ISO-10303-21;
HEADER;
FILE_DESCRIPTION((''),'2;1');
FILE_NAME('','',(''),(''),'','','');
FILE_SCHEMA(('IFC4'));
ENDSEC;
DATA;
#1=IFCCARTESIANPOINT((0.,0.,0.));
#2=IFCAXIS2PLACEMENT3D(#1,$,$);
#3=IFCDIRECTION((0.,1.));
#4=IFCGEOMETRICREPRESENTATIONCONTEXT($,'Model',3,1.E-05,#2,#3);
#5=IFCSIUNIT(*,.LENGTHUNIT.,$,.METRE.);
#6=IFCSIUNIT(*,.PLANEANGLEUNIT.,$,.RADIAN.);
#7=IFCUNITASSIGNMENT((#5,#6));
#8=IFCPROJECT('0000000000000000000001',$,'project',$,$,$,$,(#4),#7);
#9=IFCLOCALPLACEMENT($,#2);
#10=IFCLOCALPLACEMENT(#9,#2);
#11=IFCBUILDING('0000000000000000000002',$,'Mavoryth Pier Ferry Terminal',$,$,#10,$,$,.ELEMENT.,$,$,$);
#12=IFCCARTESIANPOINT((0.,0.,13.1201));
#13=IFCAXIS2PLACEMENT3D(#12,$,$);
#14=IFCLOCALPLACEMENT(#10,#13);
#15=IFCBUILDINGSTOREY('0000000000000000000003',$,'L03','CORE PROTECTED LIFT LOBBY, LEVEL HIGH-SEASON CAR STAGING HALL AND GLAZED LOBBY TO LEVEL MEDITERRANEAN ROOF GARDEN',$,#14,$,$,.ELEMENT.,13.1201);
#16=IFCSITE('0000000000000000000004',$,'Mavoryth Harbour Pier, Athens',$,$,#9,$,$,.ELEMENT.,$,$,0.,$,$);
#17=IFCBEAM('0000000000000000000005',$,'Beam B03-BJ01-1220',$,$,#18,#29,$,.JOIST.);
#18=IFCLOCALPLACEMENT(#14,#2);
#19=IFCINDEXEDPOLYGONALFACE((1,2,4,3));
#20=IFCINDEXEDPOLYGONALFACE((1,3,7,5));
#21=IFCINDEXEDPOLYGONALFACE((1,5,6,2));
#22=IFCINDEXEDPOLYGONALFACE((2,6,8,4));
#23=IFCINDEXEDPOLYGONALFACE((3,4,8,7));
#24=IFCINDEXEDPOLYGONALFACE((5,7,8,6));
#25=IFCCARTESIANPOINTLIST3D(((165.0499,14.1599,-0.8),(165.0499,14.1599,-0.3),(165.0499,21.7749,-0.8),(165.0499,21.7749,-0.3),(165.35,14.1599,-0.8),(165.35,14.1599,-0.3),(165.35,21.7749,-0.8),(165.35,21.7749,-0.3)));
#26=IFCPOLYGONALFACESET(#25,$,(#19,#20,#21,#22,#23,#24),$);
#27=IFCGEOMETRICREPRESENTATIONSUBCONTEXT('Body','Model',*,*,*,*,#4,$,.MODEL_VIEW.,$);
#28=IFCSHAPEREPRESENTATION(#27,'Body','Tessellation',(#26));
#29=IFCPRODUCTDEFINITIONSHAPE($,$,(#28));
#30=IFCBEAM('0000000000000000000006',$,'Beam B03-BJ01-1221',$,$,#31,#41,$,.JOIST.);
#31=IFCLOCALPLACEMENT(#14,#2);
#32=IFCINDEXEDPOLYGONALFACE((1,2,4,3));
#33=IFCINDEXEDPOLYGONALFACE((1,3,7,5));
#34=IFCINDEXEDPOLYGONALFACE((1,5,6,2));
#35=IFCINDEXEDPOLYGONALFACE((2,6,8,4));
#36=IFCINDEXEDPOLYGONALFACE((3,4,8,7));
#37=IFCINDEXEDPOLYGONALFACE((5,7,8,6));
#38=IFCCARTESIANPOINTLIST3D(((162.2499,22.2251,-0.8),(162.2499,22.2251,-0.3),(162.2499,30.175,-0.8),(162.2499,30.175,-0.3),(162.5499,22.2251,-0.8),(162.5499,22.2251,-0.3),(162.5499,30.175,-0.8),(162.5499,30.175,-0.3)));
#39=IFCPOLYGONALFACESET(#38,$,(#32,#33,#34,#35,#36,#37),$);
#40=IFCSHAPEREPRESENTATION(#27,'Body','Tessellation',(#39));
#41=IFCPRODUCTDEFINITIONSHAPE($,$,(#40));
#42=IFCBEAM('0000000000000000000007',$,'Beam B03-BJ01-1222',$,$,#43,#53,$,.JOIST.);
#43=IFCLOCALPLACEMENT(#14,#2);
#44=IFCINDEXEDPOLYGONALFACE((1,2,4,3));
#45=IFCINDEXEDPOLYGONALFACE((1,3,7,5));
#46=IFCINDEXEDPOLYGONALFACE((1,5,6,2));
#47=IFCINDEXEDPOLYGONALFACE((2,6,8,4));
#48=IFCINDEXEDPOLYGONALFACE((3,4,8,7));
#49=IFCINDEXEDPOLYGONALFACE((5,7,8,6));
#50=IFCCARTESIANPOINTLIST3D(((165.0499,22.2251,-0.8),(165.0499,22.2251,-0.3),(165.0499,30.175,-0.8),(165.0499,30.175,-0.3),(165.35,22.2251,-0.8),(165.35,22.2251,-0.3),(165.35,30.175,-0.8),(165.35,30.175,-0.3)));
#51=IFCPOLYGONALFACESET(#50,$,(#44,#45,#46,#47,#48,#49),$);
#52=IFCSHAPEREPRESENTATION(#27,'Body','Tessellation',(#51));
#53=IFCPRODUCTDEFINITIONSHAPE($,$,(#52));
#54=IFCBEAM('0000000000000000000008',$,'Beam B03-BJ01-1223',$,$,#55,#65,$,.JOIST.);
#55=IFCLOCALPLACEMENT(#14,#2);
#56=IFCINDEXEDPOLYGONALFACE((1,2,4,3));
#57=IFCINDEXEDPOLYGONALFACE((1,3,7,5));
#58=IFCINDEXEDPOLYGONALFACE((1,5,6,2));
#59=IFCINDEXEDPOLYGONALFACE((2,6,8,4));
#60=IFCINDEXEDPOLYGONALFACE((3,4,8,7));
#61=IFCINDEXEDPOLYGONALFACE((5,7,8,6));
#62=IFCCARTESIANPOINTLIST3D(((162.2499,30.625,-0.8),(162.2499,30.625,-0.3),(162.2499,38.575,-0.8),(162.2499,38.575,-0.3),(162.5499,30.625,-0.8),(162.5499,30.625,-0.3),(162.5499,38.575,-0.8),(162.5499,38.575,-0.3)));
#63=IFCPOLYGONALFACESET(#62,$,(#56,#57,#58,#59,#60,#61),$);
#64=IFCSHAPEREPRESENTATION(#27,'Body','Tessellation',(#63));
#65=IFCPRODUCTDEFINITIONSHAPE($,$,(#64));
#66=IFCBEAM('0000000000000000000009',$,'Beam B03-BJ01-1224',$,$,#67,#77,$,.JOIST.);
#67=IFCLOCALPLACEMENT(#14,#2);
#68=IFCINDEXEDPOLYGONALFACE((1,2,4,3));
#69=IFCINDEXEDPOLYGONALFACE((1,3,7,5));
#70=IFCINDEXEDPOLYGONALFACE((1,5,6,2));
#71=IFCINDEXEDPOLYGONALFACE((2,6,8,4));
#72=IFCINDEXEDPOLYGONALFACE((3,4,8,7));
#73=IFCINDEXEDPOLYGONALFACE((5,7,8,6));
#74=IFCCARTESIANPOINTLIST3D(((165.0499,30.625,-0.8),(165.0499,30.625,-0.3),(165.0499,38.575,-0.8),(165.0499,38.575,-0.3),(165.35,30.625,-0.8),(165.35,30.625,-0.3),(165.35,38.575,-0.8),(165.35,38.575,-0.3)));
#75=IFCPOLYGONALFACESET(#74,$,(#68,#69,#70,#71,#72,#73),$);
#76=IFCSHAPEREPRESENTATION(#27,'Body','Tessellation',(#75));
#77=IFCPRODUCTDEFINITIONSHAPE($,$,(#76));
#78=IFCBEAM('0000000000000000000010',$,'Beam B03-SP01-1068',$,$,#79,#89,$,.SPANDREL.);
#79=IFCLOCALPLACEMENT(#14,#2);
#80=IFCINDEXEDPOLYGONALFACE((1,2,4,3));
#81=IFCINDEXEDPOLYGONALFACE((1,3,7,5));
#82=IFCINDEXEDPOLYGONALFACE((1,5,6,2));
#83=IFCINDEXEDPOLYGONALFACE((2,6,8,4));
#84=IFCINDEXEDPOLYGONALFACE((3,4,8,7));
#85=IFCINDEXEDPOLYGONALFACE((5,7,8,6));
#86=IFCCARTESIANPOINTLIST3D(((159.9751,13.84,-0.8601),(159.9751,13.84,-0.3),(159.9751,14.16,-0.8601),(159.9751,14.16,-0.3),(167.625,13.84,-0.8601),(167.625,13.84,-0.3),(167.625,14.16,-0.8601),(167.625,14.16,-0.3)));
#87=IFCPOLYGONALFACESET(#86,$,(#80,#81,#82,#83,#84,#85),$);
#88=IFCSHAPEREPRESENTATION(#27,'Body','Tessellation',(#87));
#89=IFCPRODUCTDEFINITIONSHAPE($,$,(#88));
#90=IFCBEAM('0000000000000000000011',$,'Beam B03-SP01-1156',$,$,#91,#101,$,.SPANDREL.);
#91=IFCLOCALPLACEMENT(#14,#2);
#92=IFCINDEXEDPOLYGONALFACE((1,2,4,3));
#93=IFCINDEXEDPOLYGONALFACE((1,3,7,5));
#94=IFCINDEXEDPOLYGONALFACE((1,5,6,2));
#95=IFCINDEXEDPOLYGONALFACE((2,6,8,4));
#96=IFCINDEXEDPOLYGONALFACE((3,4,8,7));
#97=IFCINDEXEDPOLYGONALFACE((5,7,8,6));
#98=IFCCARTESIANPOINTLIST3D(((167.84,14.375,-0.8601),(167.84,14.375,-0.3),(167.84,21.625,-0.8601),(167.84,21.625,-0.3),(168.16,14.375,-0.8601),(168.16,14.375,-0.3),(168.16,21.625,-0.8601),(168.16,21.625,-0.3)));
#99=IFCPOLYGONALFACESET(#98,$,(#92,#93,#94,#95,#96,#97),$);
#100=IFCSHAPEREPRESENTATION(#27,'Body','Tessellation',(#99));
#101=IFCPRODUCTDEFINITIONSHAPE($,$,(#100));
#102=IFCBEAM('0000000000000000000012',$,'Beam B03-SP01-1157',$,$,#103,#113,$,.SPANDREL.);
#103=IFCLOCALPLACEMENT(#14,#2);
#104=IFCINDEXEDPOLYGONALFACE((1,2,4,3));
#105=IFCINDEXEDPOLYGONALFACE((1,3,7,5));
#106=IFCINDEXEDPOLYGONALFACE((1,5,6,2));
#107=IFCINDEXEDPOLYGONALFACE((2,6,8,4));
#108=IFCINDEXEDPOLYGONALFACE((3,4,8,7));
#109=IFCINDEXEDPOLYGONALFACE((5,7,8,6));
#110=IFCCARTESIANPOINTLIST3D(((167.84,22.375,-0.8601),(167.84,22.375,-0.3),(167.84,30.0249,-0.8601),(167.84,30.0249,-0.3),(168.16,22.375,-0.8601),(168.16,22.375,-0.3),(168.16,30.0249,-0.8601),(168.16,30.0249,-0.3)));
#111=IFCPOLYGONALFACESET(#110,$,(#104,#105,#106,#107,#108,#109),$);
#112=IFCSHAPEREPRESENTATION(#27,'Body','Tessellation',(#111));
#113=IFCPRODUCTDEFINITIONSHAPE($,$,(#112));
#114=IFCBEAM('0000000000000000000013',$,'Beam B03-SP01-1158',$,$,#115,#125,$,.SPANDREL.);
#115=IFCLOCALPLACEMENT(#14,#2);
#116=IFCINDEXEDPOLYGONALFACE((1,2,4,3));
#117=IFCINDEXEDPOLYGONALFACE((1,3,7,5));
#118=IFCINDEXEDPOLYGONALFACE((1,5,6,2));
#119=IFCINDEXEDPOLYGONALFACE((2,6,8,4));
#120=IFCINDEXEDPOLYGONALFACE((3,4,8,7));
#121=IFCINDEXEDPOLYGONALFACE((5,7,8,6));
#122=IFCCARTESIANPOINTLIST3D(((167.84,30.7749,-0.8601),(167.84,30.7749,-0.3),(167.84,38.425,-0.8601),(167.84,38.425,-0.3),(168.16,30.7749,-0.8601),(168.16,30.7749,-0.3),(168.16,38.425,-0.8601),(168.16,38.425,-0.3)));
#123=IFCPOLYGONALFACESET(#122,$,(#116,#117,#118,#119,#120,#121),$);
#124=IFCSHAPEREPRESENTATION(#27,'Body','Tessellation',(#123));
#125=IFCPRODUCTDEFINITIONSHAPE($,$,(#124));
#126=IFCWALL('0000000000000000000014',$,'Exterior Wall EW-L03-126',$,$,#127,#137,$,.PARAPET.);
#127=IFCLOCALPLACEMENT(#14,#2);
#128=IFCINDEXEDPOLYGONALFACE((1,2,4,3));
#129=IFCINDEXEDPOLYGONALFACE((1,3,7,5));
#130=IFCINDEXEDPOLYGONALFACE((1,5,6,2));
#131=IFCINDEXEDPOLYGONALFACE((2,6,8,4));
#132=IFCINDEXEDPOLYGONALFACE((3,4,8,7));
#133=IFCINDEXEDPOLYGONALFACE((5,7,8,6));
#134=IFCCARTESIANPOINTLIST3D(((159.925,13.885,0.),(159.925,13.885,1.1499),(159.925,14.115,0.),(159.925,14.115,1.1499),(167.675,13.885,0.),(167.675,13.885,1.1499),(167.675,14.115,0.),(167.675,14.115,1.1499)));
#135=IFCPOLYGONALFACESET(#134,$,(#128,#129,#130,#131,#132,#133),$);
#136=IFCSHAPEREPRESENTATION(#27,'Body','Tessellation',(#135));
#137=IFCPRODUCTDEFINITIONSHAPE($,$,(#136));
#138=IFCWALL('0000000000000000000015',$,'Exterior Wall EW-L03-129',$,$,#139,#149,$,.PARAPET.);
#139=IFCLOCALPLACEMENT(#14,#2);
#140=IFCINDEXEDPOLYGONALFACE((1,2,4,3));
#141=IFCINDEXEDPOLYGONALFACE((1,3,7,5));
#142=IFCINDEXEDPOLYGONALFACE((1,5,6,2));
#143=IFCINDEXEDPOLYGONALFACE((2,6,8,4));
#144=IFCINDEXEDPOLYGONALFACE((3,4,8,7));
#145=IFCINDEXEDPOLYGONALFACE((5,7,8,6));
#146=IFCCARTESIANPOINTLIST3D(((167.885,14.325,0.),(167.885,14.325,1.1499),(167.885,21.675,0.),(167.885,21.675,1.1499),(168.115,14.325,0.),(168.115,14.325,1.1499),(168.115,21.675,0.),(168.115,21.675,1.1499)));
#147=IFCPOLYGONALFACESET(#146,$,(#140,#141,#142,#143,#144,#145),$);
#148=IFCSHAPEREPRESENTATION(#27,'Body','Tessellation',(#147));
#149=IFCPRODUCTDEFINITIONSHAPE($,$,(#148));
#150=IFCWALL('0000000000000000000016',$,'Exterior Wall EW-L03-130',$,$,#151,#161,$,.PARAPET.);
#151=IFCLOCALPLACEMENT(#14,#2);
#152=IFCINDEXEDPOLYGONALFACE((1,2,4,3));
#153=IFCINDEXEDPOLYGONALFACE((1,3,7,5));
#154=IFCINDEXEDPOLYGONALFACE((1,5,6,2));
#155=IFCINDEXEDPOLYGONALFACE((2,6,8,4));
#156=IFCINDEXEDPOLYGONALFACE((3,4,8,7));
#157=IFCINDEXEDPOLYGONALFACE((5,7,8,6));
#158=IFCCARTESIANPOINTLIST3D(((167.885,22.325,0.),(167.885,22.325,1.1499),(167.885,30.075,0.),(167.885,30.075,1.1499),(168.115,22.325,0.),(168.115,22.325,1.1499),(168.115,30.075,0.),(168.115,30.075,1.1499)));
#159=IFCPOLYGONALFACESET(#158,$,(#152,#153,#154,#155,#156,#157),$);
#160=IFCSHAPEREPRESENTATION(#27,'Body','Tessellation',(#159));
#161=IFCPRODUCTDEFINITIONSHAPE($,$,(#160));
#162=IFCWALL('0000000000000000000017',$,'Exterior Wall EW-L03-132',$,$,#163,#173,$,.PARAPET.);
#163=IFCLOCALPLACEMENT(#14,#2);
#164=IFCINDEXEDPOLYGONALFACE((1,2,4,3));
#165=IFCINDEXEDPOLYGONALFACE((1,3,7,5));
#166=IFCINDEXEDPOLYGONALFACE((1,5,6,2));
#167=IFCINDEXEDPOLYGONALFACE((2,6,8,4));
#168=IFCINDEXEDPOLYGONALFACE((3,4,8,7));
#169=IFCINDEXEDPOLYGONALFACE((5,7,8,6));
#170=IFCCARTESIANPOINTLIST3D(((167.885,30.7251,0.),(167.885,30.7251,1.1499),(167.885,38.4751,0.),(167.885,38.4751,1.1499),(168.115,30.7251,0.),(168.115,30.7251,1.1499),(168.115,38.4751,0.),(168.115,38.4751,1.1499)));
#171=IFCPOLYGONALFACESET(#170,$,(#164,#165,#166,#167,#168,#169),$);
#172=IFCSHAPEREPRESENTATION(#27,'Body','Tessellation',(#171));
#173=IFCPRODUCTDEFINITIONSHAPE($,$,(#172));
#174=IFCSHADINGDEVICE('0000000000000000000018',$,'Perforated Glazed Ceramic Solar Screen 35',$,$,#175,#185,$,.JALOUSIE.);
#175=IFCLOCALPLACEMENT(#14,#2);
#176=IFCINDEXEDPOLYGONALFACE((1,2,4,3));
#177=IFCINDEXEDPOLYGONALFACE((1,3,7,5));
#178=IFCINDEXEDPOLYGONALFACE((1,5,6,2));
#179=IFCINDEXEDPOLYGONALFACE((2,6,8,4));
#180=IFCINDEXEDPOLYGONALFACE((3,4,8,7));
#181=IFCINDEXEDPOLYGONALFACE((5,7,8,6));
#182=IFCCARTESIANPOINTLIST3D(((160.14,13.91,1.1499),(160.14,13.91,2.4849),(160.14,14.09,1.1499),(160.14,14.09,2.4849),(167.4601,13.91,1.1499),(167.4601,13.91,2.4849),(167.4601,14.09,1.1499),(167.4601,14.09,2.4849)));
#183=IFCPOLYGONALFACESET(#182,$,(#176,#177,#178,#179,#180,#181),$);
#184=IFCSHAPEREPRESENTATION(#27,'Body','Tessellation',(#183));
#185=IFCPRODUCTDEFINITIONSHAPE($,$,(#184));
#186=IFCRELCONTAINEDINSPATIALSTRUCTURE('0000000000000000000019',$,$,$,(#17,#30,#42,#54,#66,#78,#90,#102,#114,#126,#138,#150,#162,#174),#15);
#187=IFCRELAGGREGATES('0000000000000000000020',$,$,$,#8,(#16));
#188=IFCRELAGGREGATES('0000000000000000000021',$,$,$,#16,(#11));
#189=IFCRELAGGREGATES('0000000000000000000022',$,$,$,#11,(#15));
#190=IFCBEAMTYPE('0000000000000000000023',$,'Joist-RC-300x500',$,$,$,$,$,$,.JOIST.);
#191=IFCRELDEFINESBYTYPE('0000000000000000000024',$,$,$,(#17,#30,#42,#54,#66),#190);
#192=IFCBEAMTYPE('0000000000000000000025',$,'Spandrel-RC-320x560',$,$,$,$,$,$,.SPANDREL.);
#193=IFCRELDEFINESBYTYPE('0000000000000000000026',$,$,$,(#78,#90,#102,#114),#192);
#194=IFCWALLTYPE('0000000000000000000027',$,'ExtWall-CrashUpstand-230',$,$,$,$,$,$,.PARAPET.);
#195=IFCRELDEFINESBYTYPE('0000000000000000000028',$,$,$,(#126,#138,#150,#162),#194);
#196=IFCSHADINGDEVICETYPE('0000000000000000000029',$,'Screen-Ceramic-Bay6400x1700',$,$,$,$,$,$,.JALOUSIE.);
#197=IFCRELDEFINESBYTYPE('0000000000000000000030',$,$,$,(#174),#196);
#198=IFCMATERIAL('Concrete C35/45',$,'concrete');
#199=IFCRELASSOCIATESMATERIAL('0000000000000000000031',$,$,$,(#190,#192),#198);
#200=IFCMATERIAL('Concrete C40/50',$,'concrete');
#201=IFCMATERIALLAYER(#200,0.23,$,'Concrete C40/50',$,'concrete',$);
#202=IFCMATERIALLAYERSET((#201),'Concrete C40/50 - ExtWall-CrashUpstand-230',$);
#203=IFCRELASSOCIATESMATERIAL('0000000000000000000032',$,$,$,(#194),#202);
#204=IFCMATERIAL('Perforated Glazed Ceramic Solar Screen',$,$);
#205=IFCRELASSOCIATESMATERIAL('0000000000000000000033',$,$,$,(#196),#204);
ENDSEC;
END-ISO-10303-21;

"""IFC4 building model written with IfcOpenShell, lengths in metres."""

from ifc_helpers import new_model, si_unit, direction, frame, frame_2d, origin, origin_2d, place, context, subcontext, project, spatial, rectangle, extrude, material, layer, layer_set, material_profile, profile_set, type_object, element, save


model = new_model("IFC4")

# Units and contexts
model_context = context("Model", 3, precision=1e-05, world=origin(), true_north=direction((0.0, 1.0)))
body_context = subcontext(model_context, "Body", "Model", "MODEL_VIEW")
ifc_project = project(units=[si_unit("LENGTHUNIT", "METRE"), si_unit("PLANEANGLEUNIT", "RADIAN")], contexts=[model_context])

# Site, building, storey
site_placement = place(None, origin())
site = spatial("IfcSite", under=ifc_project, at=site_placement, Name="Mavoryth Harbour Pier, Athens", CompositionType="ELEMENT", RefElevation=0.0)
building_placement = place(site_placement, origin())
building = spatial("IfcBuilding", under=site, at=building_placement, Name="Mavoryth Pier Ferry Terminal", CompositionType="ELEMENT")
storey_placement = place(building_placement, frame((0.0, 0.0, 13.1201)))
storey = spatial("IfcBuildingStorey", under=building, at=storey_placement, Name="L03", Description="CORE PROTECTED LIFT LOBBY, LEVEL HIGH-SEASON CAR STAGING HALL AND GLAZED LOBBY TO LEVEL MEDITERRANEAN ROOF GARDEN", CompositionType="ELEMENT", Elevation=13.1201)

# Shared definitions
ifc_material_1 = material(Name="Concrete C40/50", Category="concrete")

# Beams
ifc_material_2 = material(Name="Concrete C35/45", Category="concrete")
ifc_material_profile_1 = material_profile(ifc_material_2, rectangle(XDim=0.3, YDim=0.5, at=origin_2d()), Name="RC 300x500", Category="concrete")
ifc_profile_set_1 = profile_set([ifc_material_profile_1], Name="Concrete C35/45 - RC 300x500")
beam_type_1 = type_object("IfcBeamType", Name="Joist-RC-300x500", PredefinedType="JOIST", material=ifc_profile_set_1)
for number, where, z_axis, x_axis, name in (
    (1, (165.2, 14.1599, -0.55), (0.0, 1.0, 0.0), (-1.0, 0.0, 0.0), "Beam B03-BJ01-1220"),
):
    element("IfcBeam", number, at=place(storey_placement, frame(where, z_axis=z_axis, x_axis=x_axis)), inside=storey, type_object=beam_type_1, Name=name, PredefinedType="JOIST", context=body_context, shape_type="SweptSolid", body=[
        extrude(rectangle(XDim=0.3, YDim=0.5, at=origin_2d()), origin(), (0.0, 0.0, 1.0), 7.615),
    ])
for number, where, z_axis, x_axis, name in (
    (2, (162.3999, 22.2251, -0.55), (0.0, 1.0, 0.0), (-1.0, 0.0, 0.0), "Beam B03-BJ01-1221"),
    (3, (165.2, 22.2251, -0.55), (0.0, 1.0, 0.0), (-1.0, 0.0, 0.0), "Beam B03-BJ01-1222"),
    (4, (162.3999, 30.625, -0.55), (0.0, 1.0, 0.0), (-1.0, 0.0, 0.0), "Beam B03-BJ01-1223"),
    (5, (165.2, 30.625, -0.55), (0.0, 1.0, 0.0), (-1.0, 0.0, 0.0), "Beam B03-BJ01-1224"),
):
    element("IfcBeam", number, at=place(storey_placement, frame(where, z_axis=z_axis, x_axis=x_axis)), inside=storey, type_object=beam_type_1, Name=name, PredefinedType="JOIST", context=body_context, shape_type="SweptSolid", body=[
        extrude(rectangle(XDim=0.3, YDim=0.5, at=origin_2d()), origin(), (0.0, 0.0, 1.0), 7.95),
    ])
ifc_material_profile_2 = material_profile(ifc_material_2, rectangle(XDim=0.3201, YDim=0.5601, at=origin_2d()), Name="RC 320x560", Category="concrete")
ifc_profile_set_2 = profile_set([ifc_material_profile_2], Name="Concrete C35/45 - RC 320x560")
beam_type_2 = type_object("IfcBeamType", Name="Spandrel-RC-320x560", PredefinedType="SPANDREL", material=ifc_profile_set_2)
beam_1_placement = place(storey_placement, frame((159.9751, 14.0, -0.5801), z_axis=(1.0, 0.0, 0.0), x_axis=(0.0, 1.0, 0.0)))
element("IfcBeam", 6, at=beam_1_placement, inside=storey, type_object=beam_type_2, Name="Beam B03-SP01-1068", PredefinedType="SPANDREL", context=body_context, shape_type="SweptSolid", body=[
    extrude(rectangle(XDim=0.3201, YDim=0.5601, at=origin_2d()), origin(), (0.0, 0.0, 1.0), 7.6499),
])
beam_2_placement = place(storey_placement, frame((168.0, 14.375, -0.5801), z_axis=(0.0, 1.0, 0.0), x_axis=(-1.0, 0.0, 0.0)))
element("IfcBeam", 7, at=beam_2_placement, inside=storey, type_object=beam_type_2, Name="Beam B03-SP01-1156", PredefinedType="SPANDREL", context=body_context, shape_type="SweptSolid", body=[
    extrude(rectangle(XDim=0.3201, YDim=0.5601, at=origin_2d()), origin(), (0.0, 0.0, 1.0), 7.25),
])
beam_3_placement = place(storey_placement, frame((168.0, 22.375, -0.5801), z_axis=(0.0, 1.0, 0.0), x_axis=(-1.0, 0.0, 0.0)))
element("IfcBeam", 8, at=beam_3_placement, inside=storey, type_object=beam_type_2, Name="Beam B03-SP01-1157", PredefinedType="SPANDREL", context=body_context, shape_type="SweptSolid", body=[
    extrude(rectangle(XDim=0.3201, YDim=0.5601, at=origin_2d()), origin(), (0.0, 0.0, 1.0), 7.6499),
])
beam_4_placement = place(storey_placement, frame((168.0, 30.7749, -0.5801), z_axis=(0.0, 1.0, 0.0), x_axis=(-1.0, 0.0, 0.0)))
element("IfcBeam", 9, at=beam_4_placement, inside=storey, type_object=beam_type_2, Name="Beam B03-SP01-1158", PredefinedType="SPANDREL", context=body_context, shape_type="SweptSolid", body=[
    extrude(rectangle(XDim=0.3201, YDim=0.5601, at=origin_2d()), origin(), (0.0, 0.0, 1.0), 7.6501),
])

# Walls
ifc_layer = layer(ifc_material_1, 0.23, Name="Concrete C40/50", Category="concrete")
ifc_layer_set = layer_set([ifc_layer], Name="Concrete C40/50 - ExtWall-CrashUpstand-230")
wall_type = type_object("IfcWallType", Name="ExtWall-CrashUpstand-230", PredefinedType="PARAPET", material=ifc_layer_set)
wall_1_placement = place(storey_placement, frame((159.925, 14.0, 0.0), z_axis=(0.0, 0.0, 1.0), x_axis=(1.0, 0.0, 0.0)))
element("IfcWall", 10, at=wall_1_placement, inside=storey, type_object=wall_type, Name="Exterior Wall EW-L03-126", PredefinedType="PARAPET", context=body_context, shape_type="SweptSolid", body=[
    extrude(rectangle(XDim=7.75, YDim=0.23, at=frame_2d((3.875, 0.0))), origin(), (0.0, 0.0, 1.0), 1.1499),
])
wall_2_placement = place(storey_placement, frame((168.0, 14.325, 0.0), z_axis=(0.0, 0.0, 1.0), x_axis=(0.0, 1.0, 0.0)))
element("IfcWall", 11, at=wall_2_placement, inside=storey, type_object=wall_type, Name="Exterior Wall EW-L03-129", PredefinedType="PARAPET", context=body_context, shape_type="SweptSolid", body=[
    extrude(rectangle(XDim=7.3501, YDim=0.23, at=frame_2d((3.675, 0.0))), origin(), (0.0, 0.0, 1.0), 1.1499),
])
for number, where, z_axis, x_axis, name in (
    (12, (168.0, 22.325, 0.0), (0.0, 0.0, 1.0), (0.0, 1.0, 0.0), "Exterior Wall EW-L03-130"),
    (13, (168.0, 30.7251, 0.0), (0.0, 0.0, 1.0), (0.0, 1.0, 0.0), "Exterior Wall EW-L03-132"),
):
    element("IfcWall", number, at=place(storey_placement, frame(where, z_axis=z_axis, x_axis=x_axis)), inside=storey, type_object=wall_type, Name=name, PredefinedType="PARAPET", context=body_context, shape_type="SweptSolid", body=[
        extrude(rectangle(XDim=7.75, YDim=0.23, at=frame_2d((3.875, 0.0))), origin(), (0.0, 0.0, 1.0), 1.1499),
    ])

# Shading device
ifc_material_3 = material(Name="Perforated Glazed Ceramic Solar Screen")
shading_device_type = type_object("IfcShadingDeviceType", Name="Screen-Ceramic-Bay6400x1700", PredefinedType="JALOUSIE", material=ifc_material_3)
shading_device_placement = place(storey_placement, frame((163.8, 14.0, 1.1499), z_axis=(0.0, 0.0, 1.0), x_axis=(1.0, 0.0, 0.0)))
element("IfcShadingDevice", 14, at=shading_device_placement, inside=storey, type_object=shading_device_type, Name="Perforated Glazed Ceramic Solar Screen 35", PredefinedType="JALOUSIE", context=body_context, shape_type="SweptSolid", body=[
    extrude(rectangle(XDim=7.3201, YDim=0.1799, at=origin_2d()), origin(), (0.0, 0.0, 1.0), 1.335),
])

save(model, "model.ifc")
